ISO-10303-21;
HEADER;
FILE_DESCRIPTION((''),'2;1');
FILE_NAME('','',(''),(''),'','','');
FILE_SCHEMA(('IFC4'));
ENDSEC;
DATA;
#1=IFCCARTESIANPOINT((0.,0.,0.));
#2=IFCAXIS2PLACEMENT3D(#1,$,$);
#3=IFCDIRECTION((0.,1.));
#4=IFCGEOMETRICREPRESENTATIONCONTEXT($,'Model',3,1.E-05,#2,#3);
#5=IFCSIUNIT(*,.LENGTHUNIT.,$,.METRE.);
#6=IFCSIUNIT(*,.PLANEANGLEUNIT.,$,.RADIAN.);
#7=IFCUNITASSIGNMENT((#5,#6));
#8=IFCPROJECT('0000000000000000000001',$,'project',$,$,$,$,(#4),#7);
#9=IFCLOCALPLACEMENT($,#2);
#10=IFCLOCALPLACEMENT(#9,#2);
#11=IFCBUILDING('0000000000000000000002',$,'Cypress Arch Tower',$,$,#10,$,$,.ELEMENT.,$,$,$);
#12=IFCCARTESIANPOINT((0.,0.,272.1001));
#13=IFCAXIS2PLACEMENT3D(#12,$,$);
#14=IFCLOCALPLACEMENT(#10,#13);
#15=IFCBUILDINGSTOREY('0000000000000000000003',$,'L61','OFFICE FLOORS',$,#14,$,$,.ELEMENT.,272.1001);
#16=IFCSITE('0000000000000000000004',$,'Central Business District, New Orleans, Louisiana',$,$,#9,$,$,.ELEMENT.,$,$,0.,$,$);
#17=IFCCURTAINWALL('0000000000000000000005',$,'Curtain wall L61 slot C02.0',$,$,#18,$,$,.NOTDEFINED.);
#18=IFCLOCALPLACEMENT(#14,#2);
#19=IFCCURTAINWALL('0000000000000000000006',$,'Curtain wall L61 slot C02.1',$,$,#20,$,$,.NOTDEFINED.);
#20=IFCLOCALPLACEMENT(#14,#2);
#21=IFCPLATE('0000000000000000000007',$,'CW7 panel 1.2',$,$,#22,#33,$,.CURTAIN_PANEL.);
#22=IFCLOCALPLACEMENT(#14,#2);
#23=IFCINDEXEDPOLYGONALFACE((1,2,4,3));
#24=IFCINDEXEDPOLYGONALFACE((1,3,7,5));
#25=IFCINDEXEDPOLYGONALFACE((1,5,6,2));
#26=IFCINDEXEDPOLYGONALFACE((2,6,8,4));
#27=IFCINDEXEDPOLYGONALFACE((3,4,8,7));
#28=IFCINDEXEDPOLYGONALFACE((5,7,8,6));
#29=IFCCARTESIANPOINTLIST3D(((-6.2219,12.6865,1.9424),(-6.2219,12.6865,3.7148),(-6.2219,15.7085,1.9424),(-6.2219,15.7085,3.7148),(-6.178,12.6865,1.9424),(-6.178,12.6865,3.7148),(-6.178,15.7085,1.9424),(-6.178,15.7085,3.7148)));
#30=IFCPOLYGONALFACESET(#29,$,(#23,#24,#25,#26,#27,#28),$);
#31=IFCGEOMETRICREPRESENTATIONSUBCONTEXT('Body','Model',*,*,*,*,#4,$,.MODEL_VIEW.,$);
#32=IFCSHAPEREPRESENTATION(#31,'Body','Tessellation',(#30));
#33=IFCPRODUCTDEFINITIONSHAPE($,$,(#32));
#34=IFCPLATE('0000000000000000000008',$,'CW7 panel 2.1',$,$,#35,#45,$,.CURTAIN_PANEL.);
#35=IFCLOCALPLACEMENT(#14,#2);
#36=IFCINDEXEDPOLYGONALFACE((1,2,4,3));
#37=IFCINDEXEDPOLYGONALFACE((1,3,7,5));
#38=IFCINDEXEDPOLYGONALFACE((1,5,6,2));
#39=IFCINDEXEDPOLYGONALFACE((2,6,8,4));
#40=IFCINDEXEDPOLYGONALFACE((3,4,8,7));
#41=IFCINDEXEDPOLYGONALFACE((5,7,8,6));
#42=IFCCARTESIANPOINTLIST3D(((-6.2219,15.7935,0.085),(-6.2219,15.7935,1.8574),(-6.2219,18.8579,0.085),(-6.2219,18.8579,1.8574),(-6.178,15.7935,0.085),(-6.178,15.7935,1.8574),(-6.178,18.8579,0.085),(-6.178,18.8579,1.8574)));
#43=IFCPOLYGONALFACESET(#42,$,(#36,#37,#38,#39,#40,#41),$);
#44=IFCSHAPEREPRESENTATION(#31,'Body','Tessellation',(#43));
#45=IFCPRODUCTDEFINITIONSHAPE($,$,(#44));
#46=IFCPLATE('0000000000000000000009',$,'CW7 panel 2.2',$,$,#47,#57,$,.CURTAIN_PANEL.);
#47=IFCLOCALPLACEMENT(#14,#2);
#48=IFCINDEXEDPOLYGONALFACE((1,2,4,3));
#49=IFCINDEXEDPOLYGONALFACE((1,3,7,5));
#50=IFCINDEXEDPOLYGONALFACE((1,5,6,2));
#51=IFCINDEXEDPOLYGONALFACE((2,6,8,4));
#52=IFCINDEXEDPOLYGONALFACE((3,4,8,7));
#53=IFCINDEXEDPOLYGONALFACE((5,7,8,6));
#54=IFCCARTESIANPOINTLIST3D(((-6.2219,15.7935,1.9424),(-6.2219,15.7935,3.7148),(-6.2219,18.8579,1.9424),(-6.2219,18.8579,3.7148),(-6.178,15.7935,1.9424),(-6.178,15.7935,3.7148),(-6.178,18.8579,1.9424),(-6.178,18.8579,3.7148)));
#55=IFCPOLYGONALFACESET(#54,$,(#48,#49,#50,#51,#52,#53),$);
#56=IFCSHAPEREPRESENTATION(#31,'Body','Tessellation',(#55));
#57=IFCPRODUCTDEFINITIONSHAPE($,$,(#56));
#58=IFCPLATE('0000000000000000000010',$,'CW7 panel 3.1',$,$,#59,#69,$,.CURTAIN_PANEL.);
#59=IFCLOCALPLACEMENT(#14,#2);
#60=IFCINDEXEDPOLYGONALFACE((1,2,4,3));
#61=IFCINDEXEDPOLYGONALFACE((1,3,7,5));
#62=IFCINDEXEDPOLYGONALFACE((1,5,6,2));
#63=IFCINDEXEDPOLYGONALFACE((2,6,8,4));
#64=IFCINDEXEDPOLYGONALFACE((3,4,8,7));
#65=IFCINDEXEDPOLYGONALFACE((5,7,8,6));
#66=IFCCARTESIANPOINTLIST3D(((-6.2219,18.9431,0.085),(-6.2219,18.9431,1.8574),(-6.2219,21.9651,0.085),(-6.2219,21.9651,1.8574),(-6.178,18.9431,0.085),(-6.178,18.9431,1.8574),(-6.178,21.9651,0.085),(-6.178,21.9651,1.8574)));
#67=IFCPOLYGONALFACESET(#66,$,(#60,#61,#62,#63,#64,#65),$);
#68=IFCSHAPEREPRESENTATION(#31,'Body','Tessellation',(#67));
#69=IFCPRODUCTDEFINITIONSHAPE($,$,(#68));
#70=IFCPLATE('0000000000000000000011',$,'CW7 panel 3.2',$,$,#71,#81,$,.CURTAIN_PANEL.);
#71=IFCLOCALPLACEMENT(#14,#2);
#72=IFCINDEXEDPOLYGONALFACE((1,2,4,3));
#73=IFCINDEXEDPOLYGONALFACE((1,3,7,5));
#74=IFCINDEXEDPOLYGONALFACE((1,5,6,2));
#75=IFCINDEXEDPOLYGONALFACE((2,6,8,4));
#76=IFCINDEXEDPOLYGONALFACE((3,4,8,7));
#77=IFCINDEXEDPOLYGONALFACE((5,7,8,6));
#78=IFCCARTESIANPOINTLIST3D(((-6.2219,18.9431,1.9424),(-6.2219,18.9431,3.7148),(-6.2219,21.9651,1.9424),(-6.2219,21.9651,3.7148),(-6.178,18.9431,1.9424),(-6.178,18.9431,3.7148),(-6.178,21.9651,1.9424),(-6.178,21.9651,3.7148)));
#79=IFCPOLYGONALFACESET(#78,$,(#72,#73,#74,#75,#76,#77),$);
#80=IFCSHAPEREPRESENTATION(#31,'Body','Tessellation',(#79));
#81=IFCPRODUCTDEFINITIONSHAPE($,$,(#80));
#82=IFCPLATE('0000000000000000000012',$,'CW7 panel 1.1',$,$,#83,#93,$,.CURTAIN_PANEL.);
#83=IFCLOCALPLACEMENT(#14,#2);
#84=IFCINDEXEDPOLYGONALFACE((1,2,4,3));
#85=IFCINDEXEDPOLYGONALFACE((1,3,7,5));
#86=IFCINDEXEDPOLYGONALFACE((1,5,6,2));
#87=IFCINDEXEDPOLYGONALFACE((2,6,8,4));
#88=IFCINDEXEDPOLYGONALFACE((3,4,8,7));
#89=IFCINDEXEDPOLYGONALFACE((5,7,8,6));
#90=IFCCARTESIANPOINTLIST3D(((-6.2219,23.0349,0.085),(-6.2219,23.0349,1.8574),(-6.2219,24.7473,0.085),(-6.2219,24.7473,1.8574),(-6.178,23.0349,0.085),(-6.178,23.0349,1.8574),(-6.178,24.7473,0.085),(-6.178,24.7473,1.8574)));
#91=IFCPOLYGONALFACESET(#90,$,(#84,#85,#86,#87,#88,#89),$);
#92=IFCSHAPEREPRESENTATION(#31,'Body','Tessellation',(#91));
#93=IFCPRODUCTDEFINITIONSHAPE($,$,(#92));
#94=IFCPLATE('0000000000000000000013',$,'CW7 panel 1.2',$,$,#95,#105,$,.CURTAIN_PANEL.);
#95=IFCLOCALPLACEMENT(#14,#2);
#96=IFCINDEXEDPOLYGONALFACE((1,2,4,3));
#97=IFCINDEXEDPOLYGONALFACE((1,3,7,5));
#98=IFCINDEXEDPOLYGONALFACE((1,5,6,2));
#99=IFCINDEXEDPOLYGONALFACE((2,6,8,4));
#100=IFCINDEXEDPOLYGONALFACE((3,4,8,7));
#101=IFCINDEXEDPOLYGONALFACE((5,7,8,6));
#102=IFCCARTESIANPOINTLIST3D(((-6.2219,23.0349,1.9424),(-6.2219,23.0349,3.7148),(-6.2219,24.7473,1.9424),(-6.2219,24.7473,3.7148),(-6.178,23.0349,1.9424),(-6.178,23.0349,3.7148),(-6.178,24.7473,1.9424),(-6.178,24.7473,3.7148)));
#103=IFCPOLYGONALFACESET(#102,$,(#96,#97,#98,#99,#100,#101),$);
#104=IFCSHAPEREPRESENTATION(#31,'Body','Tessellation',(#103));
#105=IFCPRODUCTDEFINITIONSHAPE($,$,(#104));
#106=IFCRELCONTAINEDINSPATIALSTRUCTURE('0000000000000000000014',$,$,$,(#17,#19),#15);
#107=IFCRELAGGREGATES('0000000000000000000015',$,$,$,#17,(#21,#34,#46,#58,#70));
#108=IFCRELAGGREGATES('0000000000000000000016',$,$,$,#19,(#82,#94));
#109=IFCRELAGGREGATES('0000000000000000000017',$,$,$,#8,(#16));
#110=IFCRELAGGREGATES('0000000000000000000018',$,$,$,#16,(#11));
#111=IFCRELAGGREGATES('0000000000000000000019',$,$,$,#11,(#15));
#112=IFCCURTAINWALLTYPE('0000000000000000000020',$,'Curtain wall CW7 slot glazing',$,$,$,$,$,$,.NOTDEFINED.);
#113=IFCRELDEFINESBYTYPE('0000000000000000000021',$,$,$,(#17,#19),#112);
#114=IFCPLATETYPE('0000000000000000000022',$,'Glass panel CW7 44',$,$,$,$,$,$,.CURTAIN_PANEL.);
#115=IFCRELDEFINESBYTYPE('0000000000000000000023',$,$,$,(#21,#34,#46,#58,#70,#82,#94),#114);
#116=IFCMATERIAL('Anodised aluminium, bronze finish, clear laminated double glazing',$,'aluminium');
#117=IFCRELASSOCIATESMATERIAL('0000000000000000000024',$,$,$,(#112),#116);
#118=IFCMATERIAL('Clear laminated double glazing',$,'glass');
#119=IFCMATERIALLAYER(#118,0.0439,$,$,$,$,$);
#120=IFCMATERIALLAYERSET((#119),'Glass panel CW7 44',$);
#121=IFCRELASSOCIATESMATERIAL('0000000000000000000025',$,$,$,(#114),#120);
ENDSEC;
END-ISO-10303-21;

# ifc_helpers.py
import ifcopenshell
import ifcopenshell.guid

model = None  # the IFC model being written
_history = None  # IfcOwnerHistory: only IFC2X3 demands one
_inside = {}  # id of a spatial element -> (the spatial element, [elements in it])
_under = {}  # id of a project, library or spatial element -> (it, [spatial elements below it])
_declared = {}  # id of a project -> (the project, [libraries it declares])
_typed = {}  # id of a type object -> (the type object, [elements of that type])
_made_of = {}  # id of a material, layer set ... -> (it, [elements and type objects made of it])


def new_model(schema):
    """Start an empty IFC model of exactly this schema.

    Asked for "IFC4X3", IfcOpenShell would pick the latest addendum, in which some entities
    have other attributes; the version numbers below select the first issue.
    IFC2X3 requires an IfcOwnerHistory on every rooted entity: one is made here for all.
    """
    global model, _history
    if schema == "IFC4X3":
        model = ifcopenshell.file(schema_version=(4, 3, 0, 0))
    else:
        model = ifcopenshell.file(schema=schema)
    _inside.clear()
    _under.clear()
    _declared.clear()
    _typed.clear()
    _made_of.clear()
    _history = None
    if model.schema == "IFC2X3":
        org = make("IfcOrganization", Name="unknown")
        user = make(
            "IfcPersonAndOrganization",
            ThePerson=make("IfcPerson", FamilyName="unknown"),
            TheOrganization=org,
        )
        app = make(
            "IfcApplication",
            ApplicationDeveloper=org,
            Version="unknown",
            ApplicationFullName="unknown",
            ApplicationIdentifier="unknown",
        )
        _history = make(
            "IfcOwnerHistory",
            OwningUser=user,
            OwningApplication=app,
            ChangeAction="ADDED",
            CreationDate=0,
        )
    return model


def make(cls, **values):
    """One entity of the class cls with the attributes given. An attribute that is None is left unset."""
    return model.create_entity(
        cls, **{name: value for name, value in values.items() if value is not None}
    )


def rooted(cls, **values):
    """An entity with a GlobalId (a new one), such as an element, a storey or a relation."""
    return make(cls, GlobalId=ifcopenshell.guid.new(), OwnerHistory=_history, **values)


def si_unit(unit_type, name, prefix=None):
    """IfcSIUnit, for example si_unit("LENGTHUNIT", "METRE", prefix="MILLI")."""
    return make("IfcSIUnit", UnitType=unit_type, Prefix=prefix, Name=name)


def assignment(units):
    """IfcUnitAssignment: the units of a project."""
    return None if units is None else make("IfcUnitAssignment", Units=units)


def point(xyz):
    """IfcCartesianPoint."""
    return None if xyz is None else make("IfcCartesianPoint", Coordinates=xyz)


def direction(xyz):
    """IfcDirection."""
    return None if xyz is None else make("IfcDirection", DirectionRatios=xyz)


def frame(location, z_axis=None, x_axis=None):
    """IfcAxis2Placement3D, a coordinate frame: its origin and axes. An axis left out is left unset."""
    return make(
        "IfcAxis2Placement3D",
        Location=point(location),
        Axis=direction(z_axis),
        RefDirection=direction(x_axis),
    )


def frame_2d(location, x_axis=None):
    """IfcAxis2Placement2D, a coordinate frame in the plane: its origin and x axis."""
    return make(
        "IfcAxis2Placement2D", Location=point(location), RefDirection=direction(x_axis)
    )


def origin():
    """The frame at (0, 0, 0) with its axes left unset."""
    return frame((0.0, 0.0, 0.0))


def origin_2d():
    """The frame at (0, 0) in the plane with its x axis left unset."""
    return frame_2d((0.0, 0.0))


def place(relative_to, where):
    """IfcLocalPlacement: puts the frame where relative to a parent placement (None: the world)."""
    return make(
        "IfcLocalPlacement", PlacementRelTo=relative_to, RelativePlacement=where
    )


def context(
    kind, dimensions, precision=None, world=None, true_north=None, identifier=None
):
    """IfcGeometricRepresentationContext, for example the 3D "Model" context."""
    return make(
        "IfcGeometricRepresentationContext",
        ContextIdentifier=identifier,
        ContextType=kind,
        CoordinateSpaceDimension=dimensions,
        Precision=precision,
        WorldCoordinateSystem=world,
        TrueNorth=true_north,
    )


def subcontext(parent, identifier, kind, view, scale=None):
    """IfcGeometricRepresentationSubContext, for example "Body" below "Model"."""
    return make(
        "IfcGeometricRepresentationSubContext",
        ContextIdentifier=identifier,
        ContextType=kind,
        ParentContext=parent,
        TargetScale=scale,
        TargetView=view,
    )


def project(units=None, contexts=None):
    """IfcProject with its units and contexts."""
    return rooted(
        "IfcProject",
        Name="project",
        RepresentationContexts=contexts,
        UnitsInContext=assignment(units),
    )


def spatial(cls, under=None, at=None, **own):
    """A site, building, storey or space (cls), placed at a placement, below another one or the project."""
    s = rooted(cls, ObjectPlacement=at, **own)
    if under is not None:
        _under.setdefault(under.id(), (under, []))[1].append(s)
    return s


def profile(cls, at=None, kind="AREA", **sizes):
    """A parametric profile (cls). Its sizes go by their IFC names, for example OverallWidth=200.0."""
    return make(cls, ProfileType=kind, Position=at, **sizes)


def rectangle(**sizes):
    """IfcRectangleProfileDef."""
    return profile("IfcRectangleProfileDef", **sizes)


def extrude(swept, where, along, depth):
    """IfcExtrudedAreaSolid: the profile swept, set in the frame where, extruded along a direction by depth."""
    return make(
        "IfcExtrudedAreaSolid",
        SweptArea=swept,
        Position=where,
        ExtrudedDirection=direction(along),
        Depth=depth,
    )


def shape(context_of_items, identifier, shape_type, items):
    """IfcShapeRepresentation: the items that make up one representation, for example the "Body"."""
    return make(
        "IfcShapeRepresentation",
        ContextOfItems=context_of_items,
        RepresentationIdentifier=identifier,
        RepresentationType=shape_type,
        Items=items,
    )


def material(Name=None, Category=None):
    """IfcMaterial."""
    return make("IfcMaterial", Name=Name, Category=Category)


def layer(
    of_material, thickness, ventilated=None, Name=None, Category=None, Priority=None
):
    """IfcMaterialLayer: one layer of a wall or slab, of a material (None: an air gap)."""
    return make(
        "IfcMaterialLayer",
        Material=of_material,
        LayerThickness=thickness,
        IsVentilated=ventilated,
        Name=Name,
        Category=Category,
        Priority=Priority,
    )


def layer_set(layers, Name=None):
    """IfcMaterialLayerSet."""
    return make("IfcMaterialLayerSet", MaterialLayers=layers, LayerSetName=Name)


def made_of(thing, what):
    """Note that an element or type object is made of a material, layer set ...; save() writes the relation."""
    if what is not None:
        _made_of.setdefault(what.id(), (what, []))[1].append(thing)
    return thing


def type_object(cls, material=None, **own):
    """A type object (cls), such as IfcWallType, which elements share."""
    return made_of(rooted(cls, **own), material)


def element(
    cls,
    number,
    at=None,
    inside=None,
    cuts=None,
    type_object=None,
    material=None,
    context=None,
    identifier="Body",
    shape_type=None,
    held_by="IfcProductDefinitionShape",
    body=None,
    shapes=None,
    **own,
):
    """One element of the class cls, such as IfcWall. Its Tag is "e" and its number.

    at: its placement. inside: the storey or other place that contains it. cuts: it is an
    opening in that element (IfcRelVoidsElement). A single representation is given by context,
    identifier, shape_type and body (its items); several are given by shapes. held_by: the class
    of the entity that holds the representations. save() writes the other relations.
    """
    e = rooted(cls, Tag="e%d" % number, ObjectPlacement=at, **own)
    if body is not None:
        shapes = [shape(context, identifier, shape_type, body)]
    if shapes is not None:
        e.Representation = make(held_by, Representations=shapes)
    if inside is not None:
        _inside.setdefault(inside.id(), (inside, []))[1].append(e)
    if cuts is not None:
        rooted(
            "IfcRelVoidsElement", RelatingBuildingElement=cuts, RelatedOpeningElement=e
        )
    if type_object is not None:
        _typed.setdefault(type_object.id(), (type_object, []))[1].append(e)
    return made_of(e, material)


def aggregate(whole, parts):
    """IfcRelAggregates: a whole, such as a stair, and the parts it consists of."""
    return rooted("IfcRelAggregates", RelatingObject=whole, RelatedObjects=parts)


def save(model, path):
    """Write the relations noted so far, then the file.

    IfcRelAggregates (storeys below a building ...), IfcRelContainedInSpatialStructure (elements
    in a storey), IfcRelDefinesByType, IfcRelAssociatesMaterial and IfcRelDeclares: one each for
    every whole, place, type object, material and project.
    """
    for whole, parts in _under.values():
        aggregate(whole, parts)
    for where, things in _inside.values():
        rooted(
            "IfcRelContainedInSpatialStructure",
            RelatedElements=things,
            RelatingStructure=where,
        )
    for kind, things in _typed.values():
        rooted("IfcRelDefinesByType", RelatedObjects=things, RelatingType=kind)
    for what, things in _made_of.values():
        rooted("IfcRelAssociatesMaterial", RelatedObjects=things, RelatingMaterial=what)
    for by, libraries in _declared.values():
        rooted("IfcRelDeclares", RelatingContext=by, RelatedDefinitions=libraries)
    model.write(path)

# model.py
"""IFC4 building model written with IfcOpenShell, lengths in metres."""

from ifc_helpers import new_model, si_unit, direction, frame, origin, origin_2d, place, context, subcontext, project, spatial, rectangle, extrude, material, layer, layer_set, type_object, element, aggregate, save


model = new_model("IFC4")

# Units and contexts
model_context = context("Model", 3, precision=1e-05, world=origin(), true_north=direction((0.0, 1.0)))
body_context = subcontext(model_context, "Body", "Model", "MODEL_VIEW")
ifc_project = project(units=[si_unit("LENGTHUNIT", "METRE"), si_unit("PLANEANGLEUNIT", "RADIAN")], contexts=[model_context])

# Site, building, storey
site_placement = place(None, origin())
site = spatial("IfcSite", under=ifc_project, at=site_placement, Name="Central Business District, New Orleans, Louisiana", CompositionType="ELEMENT", RefElevation=0.0)
building_placement = place(site_placement, origin())
building = spatial("IfcBuilding", under=site, at=building_placement, Name="Cypress Arch Tower", CompositionType="ELEMENT")
storey_placement = place(building_placement, frame((0.0, 0.0, 272.1001)))
storey = spatial("IfcBuildingStorey", under=building, at=storey_placement, Name="L61", Description="OFFICE FLOORS", CompositionType="ELEMENT", Elevation=272.1001)

# Shared definitions
ifc_material_1 = material(Name="Anodised aluminium, bronze finish, clear laminated double glazing", Category="aluminium")
curtain_wall_type = type_object("IfcCurtainWallType", Name="Curtain wall CW7 slot glazing", PredefinedType="NOTDEFINED", material=ifc_material_1)

# Curtain walls
curtain_wall_1_placement = place(storey_placement, origin())
curtain_wall_1 = element("IfcCurtainWall", 1, at=curtain_wall_1_placement, inside=storey, type_object=curtain_wall_type, Name="Curtain wall L61 slot C02.0", PredefinedType="NOTDEFINED")
curtain_wall_2_placement = place(storey_placement, origin())
curtain_wall_2 = element("IfcCurtainWall", 2, at=curtain_wall_2_placement, inside=storey, type_object=curtain_wall_type, Name="Curtain wall L61 slot C02.1", PredefinedType="NOTDEFINED")

# Plates
ifc_material_2 = material(Name="Clear laminated double glazing", Category="glass")
ifc_layer = layer(ifc_material_2, 0.0439)
ifc_layer_set = layer_set([ifc_layer], Name="Glass panel CW7 44")
plate_type = type_object("IfcPlateType", Name="Glass panel CW7 44", PredefinedType="CURTAIN_PANEL", material=ifc_layer_set)
plate_1_placement = place(storey_placement, frame((-6.2, 14.1975, 1.9424), z_axis=(0.0, 0.0, 1.0), x_axis=(0.0, 1.0, 0.0)))
plate_1 = element("IfcPlate", 3, at=plate_1_placement, type_object=plate_type, Name="CW7 panel 1.2", PredefinedType="CURTAIN_PANEL", context=body_context, shape_type="SweptSolid", body=[
    extrude(rectangle(XDim=3.022, YDim=0.0439, at=origin_2d()), origin(), (0.0, 0.0, 1.0), 1.7725),
])
plate_2_placement = place(storey_placement, frame((-6.2, 17.3257, 0.085), z_axis=(0.0, 0.0, 1.0), x_axis=(0.0, 1.0, 0.0)))
plate_2 = element("IfcPlate", 4, at=plate_2_placement, type_object=plate_type, Name="CW7 panel 2.1", PredefinedType="CURTAIN_PANEL", context=body_context, shape_type="SweptSolid", body=[
    extrude(rectangle(XDim=3.0645, YDim=0.0439, at=origin_2d()), origin(), (0.0, 0.0, 1.0), 1.7725),
])
plate_3_placement = place(storey_placement, frame((-6.2, 17.3257, 1.9424), z_axis=(0.0, 0.0, 1.0), x_axis=(0.0, 1.0, 0.0)))
plate_3 = element("IfcPlate", 5, at=plate_3_placement, type_object=plate_type, Name="CW7 panel 2.2", PredefinedType="CURTAIN_PANEL", context=body_context, shape_type="SweptSolid", body=[
    extrude(rectangle(XDim=3.0645, YDim=0.0439, at=origin_2d()), origin(), (0.0, 0.0, 1.0), 1.7725),
])
plate_4_placement = place(storey_placement, frame((-6.2, 20.4541, 0.085), z_axis=(0.0, 0.0, 1.0), x_axis=(0.0, 1.0, 0.0)))
plate_4 = element("IfcPlate", 6, at=plate_4_placement, type_object=plate_type, Name="CW7 panel 3.1", PredefinedType="CURTAIN_PANEL", context=body_context, shape_type="SweptSolid", body=[
    extrude(rectangle(XDim=3.022, YDim=0.0439, at=origin_2d()), origin(), (0.0, 0.0, 1.0), 1.7725),
])
plate_5_placement = place(storey_placement, frame((-6.2, 20.4541, 1.9424), z_axis=(0.0, 0.0, 1.0), x_axis=(0.0, 1.0, 0.0)))
plate_5 = element("IfcPlate", 7, at=plate_5_placement, type_object=plate_type, Name="CW7 panel 3.2", PredefinedType="CURTAIN_PANEL", context=body_context, shape_type="SweptSolid", body=[
    extrude(rectangle(XDim=3.022, YDim=0.0439, at=origin_2d()), origin(), (0.0, 0.0, 1.0), 1.7725),
])
aggregate(curtain_wall_1, [plate_1, plate_2, plate_3, plate_4, plate_5])
plate_6_placement = place(storey_placement, frame((-6.2, 23.8911, 0.085), z_axis=(0.0, 0.0, 1.0), x_axis=(0.0, 1.0, 0.0)))
plate_6 = element("IfcPlate", 8, at=plate_6_placement, type_object=plate_type, Name="CW7 panel 1.1", PredefinedType="CURTAIN_PANEL", context=body_context, shape_type="SweptSolid", body=[
    extrude(rectangle(XDim=1.7124, YDim=0.0439, at=origin_2d()), origin(), (0.0, 0.0, 1.0), 1.7725),
])
plate_7_placement = place(storey_placement, frame((-6.2, 23.8911, 1.9424), z_axis=(0.0, 0.0, 1.0), x_axis=(0.0, 1.0, 0.0)))
plate_7 = element("IfcPlate", 9, at=plate_7_placement, type_object=plate_type, Name="CW7 panel 1.2", PredefinedType="CURTAIN_PANEL", context=body_context, shape_type="SweptSolid", body=[
    extrude(rectangle(XDim=1.7124, YDim=0.0439, at=origin_2d()), origin(), (0.0, 0.0, 1.0), 1.7725),
])
aggregate(curtain_wall_2, [plate_6, plate_7])

save(model, "model.ifc")
